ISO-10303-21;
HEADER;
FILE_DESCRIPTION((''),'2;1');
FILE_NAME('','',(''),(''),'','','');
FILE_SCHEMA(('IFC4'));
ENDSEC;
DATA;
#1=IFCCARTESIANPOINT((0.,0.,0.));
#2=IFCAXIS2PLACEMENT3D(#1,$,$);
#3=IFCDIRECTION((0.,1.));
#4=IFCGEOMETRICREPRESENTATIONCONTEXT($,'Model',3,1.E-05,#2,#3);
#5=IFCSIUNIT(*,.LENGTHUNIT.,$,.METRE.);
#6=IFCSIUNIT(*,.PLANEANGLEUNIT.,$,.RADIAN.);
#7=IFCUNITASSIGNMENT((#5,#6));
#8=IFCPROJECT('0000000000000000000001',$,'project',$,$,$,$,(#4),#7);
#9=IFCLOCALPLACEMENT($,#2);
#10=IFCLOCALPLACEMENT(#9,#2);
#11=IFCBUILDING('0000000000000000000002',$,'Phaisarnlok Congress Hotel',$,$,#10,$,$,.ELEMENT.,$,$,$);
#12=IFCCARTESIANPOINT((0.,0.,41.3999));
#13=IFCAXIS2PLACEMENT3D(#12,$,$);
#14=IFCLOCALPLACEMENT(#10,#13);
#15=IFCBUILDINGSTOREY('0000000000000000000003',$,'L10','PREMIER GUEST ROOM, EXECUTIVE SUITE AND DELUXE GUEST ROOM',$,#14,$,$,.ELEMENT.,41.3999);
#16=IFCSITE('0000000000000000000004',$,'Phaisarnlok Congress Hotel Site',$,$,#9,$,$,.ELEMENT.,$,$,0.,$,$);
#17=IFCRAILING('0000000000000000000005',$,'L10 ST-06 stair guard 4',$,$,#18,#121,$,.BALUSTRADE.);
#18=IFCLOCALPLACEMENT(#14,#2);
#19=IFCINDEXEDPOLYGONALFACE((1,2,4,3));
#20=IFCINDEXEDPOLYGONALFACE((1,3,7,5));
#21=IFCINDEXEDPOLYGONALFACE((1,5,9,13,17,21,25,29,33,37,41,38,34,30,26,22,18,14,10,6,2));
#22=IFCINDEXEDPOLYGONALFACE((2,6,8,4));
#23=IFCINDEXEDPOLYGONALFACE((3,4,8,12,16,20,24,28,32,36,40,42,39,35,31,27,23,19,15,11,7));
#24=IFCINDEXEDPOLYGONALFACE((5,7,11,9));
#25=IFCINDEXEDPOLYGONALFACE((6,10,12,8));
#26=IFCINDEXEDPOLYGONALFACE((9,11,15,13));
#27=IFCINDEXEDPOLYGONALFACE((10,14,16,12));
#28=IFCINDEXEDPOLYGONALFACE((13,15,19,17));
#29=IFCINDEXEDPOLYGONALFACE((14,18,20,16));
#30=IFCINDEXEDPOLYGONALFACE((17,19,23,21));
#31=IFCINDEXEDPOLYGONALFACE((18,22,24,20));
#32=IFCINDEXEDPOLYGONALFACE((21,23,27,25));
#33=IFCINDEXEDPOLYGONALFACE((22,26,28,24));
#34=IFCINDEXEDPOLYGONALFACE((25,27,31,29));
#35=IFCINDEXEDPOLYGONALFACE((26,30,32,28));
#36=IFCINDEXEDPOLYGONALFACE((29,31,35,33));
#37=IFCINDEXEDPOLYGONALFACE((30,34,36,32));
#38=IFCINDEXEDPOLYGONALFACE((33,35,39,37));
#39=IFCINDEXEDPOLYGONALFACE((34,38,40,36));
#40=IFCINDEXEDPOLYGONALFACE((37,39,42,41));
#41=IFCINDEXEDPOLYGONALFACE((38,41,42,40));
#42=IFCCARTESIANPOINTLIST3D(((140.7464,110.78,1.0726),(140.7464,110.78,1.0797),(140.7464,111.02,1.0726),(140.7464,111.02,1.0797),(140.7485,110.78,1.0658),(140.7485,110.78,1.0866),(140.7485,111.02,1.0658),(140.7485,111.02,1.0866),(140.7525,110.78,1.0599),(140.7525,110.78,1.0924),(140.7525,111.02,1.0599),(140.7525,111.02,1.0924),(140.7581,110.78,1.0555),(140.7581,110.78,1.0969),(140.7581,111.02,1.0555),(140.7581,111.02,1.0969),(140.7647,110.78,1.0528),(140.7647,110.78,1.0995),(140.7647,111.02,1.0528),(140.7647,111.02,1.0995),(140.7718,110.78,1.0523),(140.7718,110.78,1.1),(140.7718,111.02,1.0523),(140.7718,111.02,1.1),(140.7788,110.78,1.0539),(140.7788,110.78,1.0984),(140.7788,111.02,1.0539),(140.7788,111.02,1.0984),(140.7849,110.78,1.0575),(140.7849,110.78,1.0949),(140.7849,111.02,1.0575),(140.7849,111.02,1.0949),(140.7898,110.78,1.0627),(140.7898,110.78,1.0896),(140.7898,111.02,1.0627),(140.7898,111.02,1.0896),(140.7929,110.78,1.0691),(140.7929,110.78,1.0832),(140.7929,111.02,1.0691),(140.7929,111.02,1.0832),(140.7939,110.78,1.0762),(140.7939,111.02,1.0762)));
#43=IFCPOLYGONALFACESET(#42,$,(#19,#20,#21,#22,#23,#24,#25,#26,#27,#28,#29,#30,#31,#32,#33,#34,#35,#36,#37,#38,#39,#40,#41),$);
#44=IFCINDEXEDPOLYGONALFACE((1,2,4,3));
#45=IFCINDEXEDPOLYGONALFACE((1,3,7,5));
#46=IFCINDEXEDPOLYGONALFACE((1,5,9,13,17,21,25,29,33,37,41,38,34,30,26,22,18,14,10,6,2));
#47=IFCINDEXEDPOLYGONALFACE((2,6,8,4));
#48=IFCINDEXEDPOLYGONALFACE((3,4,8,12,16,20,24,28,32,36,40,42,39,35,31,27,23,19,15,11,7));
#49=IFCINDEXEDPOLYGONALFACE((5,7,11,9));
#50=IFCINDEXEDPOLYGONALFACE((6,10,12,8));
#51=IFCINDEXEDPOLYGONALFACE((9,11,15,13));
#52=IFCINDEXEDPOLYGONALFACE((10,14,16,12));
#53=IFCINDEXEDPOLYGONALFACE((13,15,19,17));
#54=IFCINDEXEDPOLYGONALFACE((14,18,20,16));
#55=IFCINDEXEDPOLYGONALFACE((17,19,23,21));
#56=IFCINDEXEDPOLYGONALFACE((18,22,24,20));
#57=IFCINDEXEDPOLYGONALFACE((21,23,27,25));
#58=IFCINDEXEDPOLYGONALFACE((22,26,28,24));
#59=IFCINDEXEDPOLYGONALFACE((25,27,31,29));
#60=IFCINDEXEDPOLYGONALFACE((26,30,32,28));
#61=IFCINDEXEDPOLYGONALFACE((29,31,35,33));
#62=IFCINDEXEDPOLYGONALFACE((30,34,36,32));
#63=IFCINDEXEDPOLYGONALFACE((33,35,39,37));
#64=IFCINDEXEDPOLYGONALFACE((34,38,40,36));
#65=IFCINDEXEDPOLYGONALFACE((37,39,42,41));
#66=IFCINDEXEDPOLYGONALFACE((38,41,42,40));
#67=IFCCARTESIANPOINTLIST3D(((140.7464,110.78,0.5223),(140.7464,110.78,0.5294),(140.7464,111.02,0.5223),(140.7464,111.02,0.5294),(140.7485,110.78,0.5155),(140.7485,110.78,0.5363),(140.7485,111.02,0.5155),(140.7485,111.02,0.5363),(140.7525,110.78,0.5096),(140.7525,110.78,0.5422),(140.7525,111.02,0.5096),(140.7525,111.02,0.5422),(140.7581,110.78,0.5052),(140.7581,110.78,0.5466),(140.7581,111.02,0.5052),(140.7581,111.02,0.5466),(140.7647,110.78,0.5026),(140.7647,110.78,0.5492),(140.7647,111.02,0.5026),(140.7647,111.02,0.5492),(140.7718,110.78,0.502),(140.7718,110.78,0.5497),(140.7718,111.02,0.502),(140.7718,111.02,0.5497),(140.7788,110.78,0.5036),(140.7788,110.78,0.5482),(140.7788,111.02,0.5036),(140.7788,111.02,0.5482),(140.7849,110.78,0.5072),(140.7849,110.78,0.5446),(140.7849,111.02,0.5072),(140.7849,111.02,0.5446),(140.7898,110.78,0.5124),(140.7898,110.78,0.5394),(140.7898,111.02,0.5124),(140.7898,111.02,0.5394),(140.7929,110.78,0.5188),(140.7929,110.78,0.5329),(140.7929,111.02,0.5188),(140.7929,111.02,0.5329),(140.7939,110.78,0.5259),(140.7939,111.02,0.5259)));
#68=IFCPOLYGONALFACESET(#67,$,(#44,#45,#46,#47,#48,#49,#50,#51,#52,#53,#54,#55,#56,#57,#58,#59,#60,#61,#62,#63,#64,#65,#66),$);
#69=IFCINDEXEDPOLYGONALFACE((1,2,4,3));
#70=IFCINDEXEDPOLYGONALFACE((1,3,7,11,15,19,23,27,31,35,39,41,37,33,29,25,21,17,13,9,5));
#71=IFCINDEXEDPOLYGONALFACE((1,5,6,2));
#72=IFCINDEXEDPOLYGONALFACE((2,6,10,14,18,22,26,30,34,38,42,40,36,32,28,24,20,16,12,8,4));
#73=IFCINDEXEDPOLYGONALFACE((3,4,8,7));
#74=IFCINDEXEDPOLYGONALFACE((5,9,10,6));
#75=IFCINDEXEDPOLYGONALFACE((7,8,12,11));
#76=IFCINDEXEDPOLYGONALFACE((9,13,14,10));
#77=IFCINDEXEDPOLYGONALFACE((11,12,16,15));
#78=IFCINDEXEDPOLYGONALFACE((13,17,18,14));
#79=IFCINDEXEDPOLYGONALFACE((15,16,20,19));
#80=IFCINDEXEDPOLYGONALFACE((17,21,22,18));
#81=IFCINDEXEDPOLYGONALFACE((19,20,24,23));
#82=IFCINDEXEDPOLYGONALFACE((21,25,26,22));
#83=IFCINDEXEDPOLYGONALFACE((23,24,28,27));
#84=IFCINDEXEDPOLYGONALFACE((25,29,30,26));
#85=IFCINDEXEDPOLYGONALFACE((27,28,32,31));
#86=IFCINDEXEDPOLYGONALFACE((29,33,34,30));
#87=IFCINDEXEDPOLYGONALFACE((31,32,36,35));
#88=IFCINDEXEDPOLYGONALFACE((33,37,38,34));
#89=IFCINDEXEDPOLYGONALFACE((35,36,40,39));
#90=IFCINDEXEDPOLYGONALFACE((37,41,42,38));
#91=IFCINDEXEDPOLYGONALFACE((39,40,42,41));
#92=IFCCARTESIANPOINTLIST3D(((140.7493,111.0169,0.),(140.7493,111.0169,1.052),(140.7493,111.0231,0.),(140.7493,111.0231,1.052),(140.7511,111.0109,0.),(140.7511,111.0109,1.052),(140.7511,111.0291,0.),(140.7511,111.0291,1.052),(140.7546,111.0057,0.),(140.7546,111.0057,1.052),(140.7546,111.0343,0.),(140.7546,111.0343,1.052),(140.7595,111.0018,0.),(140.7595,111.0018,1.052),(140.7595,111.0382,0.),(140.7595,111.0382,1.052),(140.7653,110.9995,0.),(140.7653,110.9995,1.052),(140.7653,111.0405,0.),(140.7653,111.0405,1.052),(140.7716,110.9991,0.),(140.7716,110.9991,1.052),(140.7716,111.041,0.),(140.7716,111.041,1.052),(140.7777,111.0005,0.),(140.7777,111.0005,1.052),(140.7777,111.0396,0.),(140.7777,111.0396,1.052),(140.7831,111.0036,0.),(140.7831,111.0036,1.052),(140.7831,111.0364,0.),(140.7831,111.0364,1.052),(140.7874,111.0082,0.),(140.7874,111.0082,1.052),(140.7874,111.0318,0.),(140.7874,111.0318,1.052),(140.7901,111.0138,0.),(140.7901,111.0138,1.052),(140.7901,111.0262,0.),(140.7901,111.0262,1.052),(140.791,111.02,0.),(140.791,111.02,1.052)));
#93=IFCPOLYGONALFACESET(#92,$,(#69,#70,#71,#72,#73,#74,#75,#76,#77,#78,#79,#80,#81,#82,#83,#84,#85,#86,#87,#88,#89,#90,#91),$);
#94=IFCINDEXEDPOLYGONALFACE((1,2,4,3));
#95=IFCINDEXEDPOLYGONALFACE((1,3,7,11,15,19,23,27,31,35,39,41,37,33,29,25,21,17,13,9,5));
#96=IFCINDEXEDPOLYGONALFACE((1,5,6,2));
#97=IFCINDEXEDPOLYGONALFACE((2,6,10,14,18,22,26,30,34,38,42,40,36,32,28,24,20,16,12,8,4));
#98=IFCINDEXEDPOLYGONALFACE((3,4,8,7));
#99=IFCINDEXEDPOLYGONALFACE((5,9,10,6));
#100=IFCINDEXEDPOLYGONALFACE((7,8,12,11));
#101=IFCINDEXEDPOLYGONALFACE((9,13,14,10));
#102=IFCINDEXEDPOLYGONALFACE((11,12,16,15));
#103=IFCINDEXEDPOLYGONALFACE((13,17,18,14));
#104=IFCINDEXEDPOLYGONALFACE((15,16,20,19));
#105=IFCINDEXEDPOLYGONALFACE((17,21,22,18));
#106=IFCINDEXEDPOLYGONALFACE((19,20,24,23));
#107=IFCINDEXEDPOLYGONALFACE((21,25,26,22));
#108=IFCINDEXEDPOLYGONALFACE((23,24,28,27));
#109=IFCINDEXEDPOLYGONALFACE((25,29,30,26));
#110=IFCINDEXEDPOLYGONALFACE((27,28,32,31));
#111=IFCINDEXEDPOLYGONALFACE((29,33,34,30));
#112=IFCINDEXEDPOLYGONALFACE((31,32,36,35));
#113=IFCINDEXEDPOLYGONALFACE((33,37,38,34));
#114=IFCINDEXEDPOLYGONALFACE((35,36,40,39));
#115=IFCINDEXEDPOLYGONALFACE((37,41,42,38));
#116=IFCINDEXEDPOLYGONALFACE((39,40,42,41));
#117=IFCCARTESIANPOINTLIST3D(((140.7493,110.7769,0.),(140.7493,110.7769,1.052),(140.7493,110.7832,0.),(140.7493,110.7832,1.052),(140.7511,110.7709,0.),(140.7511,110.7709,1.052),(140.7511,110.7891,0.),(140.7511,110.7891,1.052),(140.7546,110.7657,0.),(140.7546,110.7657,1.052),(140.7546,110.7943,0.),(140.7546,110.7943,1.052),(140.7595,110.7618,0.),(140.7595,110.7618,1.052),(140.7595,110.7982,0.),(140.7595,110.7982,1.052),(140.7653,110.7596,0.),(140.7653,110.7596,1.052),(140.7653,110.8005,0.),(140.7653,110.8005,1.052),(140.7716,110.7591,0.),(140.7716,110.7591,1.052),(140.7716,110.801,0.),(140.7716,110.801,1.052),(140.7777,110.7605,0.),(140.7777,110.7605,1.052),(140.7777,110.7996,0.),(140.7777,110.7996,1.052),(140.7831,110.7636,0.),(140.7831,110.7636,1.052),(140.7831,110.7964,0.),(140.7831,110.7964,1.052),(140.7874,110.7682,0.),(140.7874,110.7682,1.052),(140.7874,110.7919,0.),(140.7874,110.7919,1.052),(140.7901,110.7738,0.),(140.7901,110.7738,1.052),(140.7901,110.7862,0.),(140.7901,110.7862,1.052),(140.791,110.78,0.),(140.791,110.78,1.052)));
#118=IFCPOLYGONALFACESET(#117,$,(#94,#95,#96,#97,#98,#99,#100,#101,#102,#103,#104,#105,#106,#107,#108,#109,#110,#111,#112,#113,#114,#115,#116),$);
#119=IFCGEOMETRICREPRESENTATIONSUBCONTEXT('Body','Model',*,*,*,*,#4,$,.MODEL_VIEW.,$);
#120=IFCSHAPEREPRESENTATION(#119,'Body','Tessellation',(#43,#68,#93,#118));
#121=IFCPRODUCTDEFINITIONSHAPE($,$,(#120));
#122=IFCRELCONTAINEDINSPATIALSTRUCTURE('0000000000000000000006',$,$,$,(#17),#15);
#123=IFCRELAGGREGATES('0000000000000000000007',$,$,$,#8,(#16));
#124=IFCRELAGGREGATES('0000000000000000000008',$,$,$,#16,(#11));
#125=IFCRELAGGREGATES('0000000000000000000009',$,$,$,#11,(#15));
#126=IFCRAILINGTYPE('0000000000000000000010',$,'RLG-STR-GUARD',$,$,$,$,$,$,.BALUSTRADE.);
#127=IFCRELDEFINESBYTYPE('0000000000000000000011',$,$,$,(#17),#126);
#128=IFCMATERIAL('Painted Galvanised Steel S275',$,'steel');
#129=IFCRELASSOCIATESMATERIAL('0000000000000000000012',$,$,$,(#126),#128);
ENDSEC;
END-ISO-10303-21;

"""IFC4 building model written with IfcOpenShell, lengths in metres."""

from ifc_helpers import new_model, si_unit, direction, frame, origin, origin_2d, place, context, subcontext, project, spatial, circle, extrude, material, type_object, element, save


model = new_model("IFC4")

# Units and contexts
model_context = context("Model", 3, precision=1e-05, world=origin(), true_north=direction((0.0, 1.0)))
body_context = subcontext(model_context, "Body", "Model", "MODEL_VIEW")
ifc_project = project(units=[si_unit("LENGTHUNIT", "METRE"), si_unit("PLANEANGLEUNIT", "RADIAN")], contexts=[model_context])

# Site, building, storey
site_placement = place(None, origin())
site = spatial("IfcSite", under=ifc_project, at=site_placement, Name="Phaisarnlok Congress Hotel Site", CompositionType="ELEMENT", RefElevation=0.0)
building_placement = place(site_placement, origin())
building = spatial("IfcBuilding", under=site, at=building_placement, Name="Phaisarnlok Congress Hotel", CompositionType="ELEMENT")
storey_placement = place(building_placement, frame((0.0, 0.0, 41.3999)))
storey = spatial("IfcBuildingStorey", under=building, at=storey_placement, Name="L10", Description="PREMIER GUEST ROOM, EXECUTIVE SUITE AND DELUXE GUEST ROOM", CompositionType="ELEMENT", Elevation=41.3999)

# Railing
ifc_material_1 = material(Name="Painted Galvanised Steel S275", Category="steel")
railing_type_1 = type_object("IfcRailingType", Name="RLG-STR-GUARD", PredefinedType="BALUSTRADE", material=ifc_material_1)
railing_1_placement = place(storey_placement, frame((140.77, 111.02, 0.0)))
element("IfcRailing", 1, at=railing_1_placement, inside=storey, type_object=railing_type_1, Name="L10 ST-06 stair guard 4", PredefinedType="BALUSTRADE", context=body_context, shape_type="SweptSolid", body=[
    extrude(circle(Radius=0.0239, at=origin_2d()), frame((0.0, 0.0, 1.0762), z_axis=(0.0, -1.0, 0.0), x_axis=(1.0, 0.0, 0.0)), (0.0, 0.0, 1.0), 0.24),
    extrude(circle(Radius=0.0239, at=origin_2d()), frame((0.0, 0.0, 0.5259), z_axis=(0.0, -1.0, 0.0), x_axis=(1.0, 0.0, 0.0)), (0.0, 0.0, 1.0), 0.24),
    extrude(circle(Radius=0.021, at=origin_2d()), origin(), (0.0, 0.0, 1.0), 1.052),
    extrude(circle(Radius=0.021, at=origin_2d()), frame((0.0, -0.24, 0.0)), (0.0, 0.0, 1.0), 1.052),
])

save(model, "model.ifc")
